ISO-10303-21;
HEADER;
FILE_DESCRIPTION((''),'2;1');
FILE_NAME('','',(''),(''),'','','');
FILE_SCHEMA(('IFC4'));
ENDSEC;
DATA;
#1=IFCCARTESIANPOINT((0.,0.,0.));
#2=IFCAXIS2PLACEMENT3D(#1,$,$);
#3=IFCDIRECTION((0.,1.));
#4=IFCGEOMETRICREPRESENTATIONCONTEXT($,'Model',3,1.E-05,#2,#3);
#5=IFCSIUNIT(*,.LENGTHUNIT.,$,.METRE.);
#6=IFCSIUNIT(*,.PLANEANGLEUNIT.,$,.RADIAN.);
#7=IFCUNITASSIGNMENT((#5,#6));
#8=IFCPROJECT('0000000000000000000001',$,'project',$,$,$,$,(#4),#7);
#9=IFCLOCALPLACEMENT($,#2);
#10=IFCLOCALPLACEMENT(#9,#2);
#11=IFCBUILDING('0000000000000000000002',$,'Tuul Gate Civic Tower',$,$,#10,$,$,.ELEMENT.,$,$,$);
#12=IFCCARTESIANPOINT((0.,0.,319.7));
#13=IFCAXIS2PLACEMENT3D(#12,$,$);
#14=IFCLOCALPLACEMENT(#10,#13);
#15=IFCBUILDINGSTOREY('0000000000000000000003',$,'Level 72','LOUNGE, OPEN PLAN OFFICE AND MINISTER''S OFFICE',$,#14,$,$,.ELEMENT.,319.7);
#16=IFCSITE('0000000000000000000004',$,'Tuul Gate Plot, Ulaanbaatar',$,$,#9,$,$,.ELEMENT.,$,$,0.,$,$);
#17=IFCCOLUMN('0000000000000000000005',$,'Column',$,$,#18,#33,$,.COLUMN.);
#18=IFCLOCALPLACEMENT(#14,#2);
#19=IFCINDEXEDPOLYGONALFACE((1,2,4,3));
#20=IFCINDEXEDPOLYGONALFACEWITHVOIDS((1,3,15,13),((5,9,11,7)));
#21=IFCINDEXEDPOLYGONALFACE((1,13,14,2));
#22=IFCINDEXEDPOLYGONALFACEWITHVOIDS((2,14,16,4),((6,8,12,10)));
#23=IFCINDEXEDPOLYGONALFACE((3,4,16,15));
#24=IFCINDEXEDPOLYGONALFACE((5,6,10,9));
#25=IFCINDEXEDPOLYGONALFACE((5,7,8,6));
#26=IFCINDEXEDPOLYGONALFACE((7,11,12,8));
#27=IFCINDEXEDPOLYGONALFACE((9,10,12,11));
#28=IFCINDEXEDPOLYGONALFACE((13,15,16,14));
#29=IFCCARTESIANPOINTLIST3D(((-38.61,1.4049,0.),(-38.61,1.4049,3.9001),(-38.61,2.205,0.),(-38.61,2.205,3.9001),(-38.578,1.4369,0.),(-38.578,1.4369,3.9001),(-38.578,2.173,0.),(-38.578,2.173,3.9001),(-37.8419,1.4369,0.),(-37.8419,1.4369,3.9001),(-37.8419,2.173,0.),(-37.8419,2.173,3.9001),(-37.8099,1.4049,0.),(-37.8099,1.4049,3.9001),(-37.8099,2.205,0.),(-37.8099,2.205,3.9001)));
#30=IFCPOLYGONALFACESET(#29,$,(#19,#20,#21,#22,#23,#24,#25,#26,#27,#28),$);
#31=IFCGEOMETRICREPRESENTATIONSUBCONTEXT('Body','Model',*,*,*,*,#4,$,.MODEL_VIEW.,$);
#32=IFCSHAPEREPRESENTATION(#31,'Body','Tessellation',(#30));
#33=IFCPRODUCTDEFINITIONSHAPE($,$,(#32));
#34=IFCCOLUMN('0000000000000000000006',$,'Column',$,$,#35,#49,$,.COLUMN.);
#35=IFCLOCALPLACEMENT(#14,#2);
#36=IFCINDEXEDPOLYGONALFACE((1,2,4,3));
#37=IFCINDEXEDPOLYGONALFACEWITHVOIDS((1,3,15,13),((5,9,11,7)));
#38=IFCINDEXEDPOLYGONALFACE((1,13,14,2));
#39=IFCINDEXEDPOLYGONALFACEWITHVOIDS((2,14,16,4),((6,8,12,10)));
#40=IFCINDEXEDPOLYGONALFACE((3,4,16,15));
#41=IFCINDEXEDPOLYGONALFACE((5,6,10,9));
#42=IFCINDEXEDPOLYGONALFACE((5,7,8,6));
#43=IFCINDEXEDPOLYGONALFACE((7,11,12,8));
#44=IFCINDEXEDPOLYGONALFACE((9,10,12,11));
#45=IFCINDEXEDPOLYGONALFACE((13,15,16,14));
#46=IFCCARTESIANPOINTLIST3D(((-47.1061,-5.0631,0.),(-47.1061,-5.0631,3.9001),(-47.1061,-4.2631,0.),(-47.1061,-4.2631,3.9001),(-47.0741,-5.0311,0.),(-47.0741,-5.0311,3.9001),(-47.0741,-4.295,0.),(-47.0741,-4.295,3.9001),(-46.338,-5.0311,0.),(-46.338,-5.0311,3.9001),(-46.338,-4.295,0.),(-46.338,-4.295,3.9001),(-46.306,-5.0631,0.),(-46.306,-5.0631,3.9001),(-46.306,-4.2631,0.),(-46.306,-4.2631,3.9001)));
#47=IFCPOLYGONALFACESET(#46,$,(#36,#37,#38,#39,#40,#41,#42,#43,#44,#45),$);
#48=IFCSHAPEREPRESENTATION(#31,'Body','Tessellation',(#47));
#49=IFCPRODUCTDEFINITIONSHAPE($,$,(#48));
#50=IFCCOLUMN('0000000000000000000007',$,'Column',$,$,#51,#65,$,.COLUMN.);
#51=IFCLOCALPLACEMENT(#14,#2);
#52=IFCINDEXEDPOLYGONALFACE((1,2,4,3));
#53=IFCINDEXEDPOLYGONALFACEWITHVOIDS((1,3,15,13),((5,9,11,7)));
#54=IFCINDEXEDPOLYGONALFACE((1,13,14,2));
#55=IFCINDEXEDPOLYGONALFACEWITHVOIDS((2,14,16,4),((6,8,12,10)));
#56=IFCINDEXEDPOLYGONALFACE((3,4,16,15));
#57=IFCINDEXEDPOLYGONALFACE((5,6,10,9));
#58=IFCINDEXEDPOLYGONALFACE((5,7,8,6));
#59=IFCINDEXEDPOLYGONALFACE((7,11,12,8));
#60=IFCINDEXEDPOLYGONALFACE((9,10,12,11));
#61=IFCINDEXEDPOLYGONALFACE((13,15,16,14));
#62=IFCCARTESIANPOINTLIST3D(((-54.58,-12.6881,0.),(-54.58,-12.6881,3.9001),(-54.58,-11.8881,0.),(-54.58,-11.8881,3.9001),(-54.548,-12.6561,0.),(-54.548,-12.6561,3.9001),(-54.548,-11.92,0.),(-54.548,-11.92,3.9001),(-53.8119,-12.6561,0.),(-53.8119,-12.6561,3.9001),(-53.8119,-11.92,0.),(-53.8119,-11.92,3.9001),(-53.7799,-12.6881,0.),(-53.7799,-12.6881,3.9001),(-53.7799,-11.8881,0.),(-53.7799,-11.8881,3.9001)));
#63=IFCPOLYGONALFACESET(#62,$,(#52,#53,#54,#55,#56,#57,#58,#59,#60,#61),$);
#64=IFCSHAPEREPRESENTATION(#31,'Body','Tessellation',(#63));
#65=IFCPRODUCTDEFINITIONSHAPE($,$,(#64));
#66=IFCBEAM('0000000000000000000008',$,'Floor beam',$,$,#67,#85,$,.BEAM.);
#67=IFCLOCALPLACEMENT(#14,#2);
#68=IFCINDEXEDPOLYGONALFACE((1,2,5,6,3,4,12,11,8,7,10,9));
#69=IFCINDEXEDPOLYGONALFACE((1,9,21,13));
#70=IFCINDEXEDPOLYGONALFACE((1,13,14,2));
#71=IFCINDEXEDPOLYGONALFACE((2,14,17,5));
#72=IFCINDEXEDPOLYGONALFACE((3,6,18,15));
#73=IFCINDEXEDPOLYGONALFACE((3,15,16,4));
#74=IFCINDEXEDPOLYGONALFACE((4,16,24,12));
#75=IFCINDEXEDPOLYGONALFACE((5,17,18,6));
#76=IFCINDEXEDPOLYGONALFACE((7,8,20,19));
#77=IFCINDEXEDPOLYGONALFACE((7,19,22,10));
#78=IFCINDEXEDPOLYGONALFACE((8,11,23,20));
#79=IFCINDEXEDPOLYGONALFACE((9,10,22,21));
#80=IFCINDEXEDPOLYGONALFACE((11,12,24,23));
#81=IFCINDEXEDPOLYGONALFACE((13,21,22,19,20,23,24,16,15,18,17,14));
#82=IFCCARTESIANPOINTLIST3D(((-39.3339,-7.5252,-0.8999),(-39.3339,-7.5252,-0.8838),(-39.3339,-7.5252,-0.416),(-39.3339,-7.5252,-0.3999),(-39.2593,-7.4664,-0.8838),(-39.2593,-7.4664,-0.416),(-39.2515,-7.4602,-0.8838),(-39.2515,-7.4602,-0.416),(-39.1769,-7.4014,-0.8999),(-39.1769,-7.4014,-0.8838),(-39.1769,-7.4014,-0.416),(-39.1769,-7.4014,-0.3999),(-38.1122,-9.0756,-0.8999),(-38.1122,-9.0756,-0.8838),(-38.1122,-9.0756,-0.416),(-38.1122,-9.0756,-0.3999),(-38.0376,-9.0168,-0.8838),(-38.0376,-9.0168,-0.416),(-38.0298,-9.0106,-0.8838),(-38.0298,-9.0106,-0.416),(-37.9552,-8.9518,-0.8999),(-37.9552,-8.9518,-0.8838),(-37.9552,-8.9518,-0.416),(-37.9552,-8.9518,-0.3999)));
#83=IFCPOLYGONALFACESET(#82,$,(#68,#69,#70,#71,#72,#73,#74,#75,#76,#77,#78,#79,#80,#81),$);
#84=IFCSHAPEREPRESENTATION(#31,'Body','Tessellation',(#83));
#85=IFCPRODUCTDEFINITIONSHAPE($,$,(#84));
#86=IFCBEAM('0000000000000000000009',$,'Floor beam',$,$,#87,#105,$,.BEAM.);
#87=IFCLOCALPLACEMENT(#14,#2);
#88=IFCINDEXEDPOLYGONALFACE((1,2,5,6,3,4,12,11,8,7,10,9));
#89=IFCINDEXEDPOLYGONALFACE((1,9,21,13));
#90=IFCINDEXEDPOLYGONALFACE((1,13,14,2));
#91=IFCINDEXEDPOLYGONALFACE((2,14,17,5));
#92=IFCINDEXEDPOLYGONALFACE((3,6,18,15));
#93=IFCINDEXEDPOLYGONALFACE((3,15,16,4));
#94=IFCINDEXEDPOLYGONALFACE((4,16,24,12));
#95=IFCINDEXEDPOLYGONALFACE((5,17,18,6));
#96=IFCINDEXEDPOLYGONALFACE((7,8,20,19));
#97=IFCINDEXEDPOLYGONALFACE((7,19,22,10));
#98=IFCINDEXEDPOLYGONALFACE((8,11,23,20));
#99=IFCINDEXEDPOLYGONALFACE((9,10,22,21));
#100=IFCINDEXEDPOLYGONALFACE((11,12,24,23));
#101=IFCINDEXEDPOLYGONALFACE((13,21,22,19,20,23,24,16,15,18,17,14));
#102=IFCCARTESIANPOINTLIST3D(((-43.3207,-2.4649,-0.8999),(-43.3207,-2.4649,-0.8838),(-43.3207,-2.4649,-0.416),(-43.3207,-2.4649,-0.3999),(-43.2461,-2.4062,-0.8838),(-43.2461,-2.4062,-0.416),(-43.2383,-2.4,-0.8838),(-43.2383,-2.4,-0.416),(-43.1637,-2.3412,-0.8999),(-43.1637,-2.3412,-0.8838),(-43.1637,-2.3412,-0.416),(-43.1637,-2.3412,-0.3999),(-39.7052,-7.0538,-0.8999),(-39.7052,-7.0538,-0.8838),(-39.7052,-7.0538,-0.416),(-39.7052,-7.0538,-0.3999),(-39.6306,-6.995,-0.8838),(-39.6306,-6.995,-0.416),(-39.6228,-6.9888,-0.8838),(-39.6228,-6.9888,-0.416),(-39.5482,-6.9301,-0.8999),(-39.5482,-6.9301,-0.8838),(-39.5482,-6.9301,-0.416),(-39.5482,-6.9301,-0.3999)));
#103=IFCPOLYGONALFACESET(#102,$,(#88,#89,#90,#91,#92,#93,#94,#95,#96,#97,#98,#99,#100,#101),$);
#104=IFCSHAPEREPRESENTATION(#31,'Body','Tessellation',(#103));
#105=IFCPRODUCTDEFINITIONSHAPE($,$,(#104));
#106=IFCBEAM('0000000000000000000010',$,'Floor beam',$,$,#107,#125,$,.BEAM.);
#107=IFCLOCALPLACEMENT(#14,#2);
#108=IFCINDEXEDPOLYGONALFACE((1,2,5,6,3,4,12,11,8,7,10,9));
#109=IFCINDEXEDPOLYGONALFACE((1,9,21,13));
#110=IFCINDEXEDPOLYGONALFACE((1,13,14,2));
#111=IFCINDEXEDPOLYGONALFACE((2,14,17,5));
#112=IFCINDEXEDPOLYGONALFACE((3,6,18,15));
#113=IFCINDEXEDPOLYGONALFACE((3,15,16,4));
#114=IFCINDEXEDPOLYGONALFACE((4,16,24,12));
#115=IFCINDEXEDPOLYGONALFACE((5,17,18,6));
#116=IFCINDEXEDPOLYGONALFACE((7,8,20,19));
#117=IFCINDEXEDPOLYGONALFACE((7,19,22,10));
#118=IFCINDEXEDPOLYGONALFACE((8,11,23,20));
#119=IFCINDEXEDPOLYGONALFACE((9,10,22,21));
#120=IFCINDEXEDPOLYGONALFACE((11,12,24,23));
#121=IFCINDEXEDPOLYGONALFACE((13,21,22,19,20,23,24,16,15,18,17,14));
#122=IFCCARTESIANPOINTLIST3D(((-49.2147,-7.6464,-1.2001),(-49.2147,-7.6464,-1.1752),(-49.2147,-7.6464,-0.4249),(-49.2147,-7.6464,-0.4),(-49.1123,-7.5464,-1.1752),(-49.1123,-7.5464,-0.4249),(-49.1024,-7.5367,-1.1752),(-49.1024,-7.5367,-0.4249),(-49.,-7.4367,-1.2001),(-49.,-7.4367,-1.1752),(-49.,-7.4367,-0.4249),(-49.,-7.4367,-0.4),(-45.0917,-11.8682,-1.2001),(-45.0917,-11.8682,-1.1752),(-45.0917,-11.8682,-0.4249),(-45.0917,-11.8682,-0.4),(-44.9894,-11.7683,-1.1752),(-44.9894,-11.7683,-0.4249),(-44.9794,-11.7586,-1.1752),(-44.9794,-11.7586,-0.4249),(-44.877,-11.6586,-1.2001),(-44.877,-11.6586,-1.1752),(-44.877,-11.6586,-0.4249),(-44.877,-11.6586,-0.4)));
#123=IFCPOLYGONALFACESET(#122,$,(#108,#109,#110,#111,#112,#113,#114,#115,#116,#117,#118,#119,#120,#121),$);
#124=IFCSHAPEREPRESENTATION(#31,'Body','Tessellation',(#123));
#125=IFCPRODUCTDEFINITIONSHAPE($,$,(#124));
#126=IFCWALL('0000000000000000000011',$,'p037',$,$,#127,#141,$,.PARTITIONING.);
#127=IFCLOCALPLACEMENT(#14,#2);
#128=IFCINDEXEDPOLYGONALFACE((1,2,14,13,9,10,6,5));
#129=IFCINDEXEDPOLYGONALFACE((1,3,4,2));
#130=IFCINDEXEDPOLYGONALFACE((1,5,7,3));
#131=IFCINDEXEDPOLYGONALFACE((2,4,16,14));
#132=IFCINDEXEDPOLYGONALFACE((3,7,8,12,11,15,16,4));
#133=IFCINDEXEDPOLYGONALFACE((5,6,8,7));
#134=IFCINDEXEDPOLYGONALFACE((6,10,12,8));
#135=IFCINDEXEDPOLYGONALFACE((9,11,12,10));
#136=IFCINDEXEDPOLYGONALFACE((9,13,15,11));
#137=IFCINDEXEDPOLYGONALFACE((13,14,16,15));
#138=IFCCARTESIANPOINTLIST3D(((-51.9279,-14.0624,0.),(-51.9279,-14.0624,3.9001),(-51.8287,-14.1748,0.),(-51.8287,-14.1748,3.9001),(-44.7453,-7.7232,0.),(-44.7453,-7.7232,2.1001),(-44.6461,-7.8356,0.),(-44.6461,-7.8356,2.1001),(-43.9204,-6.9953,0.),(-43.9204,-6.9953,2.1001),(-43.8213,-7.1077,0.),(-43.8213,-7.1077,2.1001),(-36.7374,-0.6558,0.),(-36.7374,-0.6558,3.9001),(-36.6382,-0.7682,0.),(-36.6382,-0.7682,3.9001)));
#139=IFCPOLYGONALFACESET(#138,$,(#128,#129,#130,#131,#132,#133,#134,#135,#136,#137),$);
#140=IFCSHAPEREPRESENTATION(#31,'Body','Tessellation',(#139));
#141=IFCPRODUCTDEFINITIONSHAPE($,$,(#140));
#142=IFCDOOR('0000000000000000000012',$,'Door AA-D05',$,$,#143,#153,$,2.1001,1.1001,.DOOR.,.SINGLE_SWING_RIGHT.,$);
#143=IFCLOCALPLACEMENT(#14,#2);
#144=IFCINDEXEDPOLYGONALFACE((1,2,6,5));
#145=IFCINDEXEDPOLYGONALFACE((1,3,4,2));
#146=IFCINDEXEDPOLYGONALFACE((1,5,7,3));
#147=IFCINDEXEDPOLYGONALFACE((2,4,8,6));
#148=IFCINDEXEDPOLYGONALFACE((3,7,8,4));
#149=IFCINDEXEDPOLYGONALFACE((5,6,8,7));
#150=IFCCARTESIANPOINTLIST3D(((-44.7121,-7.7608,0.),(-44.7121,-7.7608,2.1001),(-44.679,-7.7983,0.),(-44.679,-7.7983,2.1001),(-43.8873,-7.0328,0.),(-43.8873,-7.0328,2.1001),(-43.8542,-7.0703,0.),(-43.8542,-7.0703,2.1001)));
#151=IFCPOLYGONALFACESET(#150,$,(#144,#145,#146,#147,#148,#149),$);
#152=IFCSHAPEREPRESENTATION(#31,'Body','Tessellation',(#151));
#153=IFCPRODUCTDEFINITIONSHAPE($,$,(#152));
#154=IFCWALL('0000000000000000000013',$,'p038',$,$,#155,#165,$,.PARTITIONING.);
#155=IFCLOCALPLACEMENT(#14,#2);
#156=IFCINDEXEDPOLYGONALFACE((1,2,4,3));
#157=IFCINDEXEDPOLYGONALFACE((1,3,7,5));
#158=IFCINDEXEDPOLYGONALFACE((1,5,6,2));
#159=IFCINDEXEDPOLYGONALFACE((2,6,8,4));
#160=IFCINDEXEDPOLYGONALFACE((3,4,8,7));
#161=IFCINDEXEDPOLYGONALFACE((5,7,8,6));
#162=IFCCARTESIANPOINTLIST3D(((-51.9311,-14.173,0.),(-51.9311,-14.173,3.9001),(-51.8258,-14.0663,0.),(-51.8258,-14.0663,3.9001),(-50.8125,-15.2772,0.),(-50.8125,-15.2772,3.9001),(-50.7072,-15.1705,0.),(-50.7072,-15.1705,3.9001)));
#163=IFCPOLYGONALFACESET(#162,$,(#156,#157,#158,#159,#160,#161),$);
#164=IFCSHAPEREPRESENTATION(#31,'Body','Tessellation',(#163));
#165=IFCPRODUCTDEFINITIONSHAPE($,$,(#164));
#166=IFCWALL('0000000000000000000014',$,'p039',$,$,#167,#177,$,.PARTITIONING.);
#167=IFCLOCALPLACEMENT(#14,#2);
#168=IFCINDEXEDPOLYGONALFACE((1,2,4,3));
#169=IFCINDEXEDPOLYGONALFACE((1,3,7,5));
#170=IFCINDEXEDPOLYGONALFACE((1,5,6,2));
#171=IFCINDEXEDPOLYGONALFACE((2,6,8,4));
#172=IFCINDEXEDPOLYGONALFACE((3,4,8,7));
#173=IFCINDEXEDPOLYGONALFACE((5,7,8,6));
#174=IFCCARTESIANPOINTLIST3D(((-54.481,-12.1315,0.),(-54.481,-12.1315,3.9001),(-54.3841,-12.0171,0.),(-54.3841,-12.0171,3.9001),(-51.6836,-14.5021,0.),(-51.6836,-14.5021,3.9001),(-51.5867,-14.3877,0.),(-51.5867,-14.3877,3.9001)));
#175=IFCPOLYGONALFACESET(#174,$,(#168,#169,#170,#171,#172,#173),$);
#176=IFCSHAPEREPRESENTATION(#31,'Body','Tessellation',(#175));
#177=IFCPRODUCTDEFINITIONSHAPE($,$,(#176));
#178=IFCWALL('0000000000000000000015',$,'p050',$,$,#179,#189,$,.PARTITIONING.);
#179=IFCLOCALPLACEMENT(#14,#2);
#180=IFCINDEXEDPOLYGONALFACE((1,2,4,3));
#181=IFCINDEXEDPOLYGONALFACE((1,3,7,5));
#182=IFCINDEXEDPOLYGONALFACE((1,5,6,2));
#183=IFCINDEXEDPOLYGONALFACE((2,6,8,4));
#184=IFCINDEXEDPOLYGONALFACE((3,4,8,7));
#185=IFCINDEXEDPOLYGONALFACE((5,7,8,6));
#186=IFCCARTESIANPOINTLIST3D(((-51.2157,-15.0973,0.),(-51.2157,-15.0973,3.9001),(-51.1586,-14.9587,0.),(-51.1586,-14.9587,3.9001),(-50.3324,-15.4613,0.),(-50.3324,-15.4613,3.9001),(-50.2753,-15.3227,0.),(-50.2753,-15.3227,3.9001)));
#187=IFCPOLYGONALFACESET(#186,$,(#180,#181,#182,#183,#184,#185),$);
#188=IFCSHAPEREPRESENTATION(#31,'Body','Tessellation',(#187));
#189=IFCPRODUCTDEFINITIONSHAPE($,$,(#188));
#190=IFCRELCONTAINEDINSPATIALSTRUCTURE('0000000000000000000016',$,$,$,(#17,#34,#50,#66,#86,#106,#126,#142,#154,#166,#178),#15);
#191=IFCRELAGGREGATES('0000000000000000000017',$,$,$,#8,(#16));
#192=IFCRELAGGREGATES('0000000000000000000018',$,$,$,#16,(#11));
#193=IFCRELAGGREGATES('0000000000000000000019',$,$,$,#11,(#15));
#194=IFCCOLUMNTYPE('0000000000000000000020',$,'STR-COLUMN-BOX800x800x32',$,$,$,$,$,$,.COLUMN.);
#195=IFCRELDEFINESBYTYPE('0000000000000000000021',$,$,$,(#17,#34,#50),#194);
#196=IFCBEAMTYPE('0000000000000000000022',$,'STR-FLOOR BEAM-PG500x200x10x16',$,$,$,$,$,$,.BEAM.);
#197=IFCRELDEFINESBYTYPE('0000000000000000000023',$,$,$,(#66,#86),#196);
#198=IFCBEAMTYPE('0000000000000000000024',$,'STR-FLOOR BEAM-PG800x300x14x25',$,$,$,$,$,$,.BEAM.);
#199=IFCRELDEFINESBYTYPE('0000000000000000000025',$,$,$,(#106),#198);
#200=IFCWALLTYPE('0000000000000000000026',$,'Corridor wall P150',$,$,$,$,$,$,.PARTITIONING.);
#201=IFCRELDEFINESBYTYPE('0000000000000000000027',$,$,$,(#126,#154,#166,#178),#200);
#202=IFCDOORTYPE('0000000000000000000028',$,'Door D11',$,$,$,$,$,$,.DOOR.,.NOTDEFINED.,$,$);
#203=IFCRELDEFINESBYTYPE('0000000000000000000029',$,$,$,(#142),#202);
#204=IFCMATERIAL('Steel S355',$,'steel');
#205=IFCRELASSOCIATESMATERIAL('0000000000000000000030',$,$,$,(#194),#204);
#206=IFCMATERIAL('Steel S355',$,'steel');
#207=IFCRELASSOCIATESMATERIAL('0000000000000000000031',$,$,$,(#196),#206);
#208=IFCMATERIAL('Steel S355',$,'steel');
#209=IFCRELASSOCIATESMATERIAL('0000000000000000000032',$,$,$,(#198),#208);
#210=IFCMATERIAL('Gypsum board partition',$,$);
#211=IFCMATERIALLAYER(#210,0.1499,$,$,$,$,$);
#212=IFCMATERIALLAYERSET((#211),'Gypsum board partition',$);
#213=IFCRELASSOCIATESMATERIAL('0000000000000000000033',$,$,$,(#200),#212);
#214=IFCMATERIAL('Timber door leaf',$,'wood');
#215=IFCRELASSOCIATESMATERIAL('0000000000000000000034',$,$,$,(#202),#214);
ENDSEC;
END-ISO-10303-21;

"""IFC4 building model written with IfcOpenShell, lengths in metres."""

from ifc_helpers import new_model, si_unit, direction, frame, frame_2d, origin, origin_2d, place, context, subcontext, project, spatial, rectangle, hollow_rectangle, i_section, extrude, material, layer, layer_set, material_profile, profile_set, type_object, element, fill, save


model = new_model("IFC4")

# Units and contexts
model_context = context("Model", 3, precision=1e-05, world=origin(), true_north=direction((0.0, 1.0)))
body_context = subcontext(model_context, "Body", "Model", "MODEL_VIEW")
ifc_project = project(units=[si_unit("LENGTHUNIT", "METRE"), si_unit("PLANEANGLEUNIT", "RADIAN")], contexts=[model_context])

# Site, building, storey
site_placement = place(None, origin())
site = spatial("IfcSite", under=ifc_project, at=site_placement, Name="Tuul Gate Plot, Ulaanbaatar", CompositionType="ELEMENT", RefElevation=0.0)
building_placement = place(site_placement, origin())
building = spatial("IfcBuilding", under=site, at=building_placement, Name="Tuul Gate Civic Tower", CompositionType="ELEMENT")
storey_placement = place(building_placement, frame((0.0, 0.0, 319.7)))
storey = spatial("IfcBuildingStorey", under=building, at=storey_placement, Name="Level 72", Description="LOUNGE, OPEN PLAN OFFICE AND MINISTER'S OFFICE", CompositionType="ELEMENT", Elevation=319.7)

# Columns
ifc_material_1 = material(Name="Steel S355", Category="steel")
ifc_material_profile_1 = material_profile(ifc_material_1, hollow_rectangle(XDim=0.8, YDim=0.8, WallThickness=0.032, at=origin_2d()), Name="BOX800x800x32")
ifc_profile_set_1 = profile_set([ifc_material_profile_1], Name="Steel S355")
column_type = type_object("IfcColumnType", Name="STR-COLUMN-BOX800x800x32", PredefinedType="COLUMN", material=ifc_profile_set_1)
for number, where, z_axis, x_axis, name in (
    (1, (-38.21, 1.8049, 0.0), (0.0, 0.0, 1.0), (1.0, 0.0, 0.0), "Column"),
    (2, (-46.7061, -4.6631, 0.0), (0.0, 0.0, 1.0), (1.0, 0.0, 0.0), "Column"),
    (3, (-54.1799, -12.2881, 0.0), (0.0, 0.0, 1.0), (1.0, 0.0, 0.0), "Column"),
):
    element("IfcColumn", number, at=place(storey_placement, frame(where, z_axis=z_axis, x_axis=x_axis)), inside=storey, type_object=column_type, Name=name, PredefinedType="COLUMN", context=body_context, shape_type="SweptSolid", body=[
        extrude(hollow_rectangle(XDim=0.8, YDim=0.8, WallThickness=0.032, at=origin_2d()), origin(), (0.0, 0.0, 1.0), 3.9001),
    ])

# Beams
ifc_material_2 = material(Name="Steel S355", Category="steel")
ifc_material_profile_2 = material_profile(ifc_material_2, i_section(OverallWidth=0.2, OverallDepth=0.5, WebThickness=0.01, FlangeThickness=0.0161, at=origin_2d()), Name="PG500x200x10x16")
ifc_profile_set_2 = profile_set([ifc_material_profile_2], Name="Steel S355")
beam_type_1 = type_object("IfcBeamType", Name="STR-FLOOR BEAM-PG500x200x10x16", PredefinedType="BEAM", material=ifc_profile_set_2)
beam_1_placement = place(storey_placement, frame((-38.0337, -9.0137, -0.6499), z_axis=(-0.618946, 0.785433, 0.0), x_axis=(-0.785433, -0.618946, 0.0)))
element("IfcBeam", 4, at=beam_1_placement, inside=storey, type_object=beam_type_1, Name="Floor beam", PredefinedType="BEAM", context=body_context, shape_type="SweptSolid", body=[
    extrude(i_section(OverallWidth=0.2, OverallDepth=0.5, WebThickness=0.01, FlangeThickness=0.0161, at=origin_2d()), origin(), (0.0, 0.0, 1.0), 1.9739),
])
beam_2_placement = place(storey_placement, frame((-39.6267, -6.9919, -0.6499), z_axis=(-0.618873, 0.785491, 0.0), x_axis=(-0.785491, -0.618873, 0.0)))
element("IfcBeam", 5, at=beam_2_placement, inside=storey, type_object=beam_type_1, Name="Floor beam", PredefinedType="BEAM", context=body_context, shape_type="SweptSolid", body=[
    extrude(i_section(OverallWidth=0.2, OverallDepth=0.5, WebThickness=0.01, FlangeThickness=0.0161, at=origin_2d()), origin(), (0.0, 0.0, 1.0), 5.842),
])
ifc_material_3 = material(Name="Steel S355", Category="steel")
ifc_material_profile_3 = material_profile(ifc_material_3, i_section(OverallWidth=0.3, OverallDepth=0.8, WebThickness=0.0139, FlangeThickness=0.0249, at=origin_2d()), Name="PG800x300x14x25")
ifc_profile_set_3 = profile_set([ifc_material_profile_3], Name="Steel S355")
beam_type_2 = type_object("IfcBeamType", Name="STR-FLOOR BEAM-PG800x300x14x25", PredefinedType="BEAM", material=ifc_profile_set_3)
beam_3_placement = place(storey_placement, frame((-44.9844, -11.7634, -0.8), z_axis=(-0.698679, 0.715435, 0.0), x_axis=(-0.715435, -0.698679, 0.0)))
element("IfcBeam", 6, at=beam_3_placement, inside=storey, type_object=beam_type_2, Name="Floor beam", PredefinedType="BEAM", context=body_context, shape_type="SweptSolid", body=[
    extrude(i_section(OverallWidth=0.3, OverallDepth=0.8, WebThickness=0.0139, FlangeThickness=0.0249, at=origin_2d()), origin(), (0.0, 0.0, 1.0), 5.9011),
])

# Wall, opening, door
ifc_material_4 = material(Name="Gypsum board partition")
ifc_layer_1 = layer(ifc_material_4, 0.1499)
ifc_layer_set_1 = layer_set([ifc_layer_1], Name="Gypsum board partition")
wall_type_1 = type_object("IfcWallType", Name="Corridor wall P150", PredefinedType="PARTITIONING", material=ifc_layer_set_1)
wall_1_placement = place(storey_placement, frame((-51.8784, -14.1187, 0.0), z_axis=(0.0, 0.0, 1.0), x_axis=(0.74976, 0.66171, 0.0)))
wall_1 = element("IfcWall", 7, at=wall_1_placement, inside=storey, type_object=wall_type_1, Name="p037", PredefinedType="PARTITIONING", context=body_context, shape_type="SweptSolid", body=[
    extrude(rectangle(XDim=20.2605, YDim=0.1499, at=frame_2d((10.1304, 0.0))), origin(), (0.0, 0.0, 1.0), 3.9001),
])
opening_1_placement = place(wall_1_placement, frame((9.5801, 0.0, 0.0)))
opening_1 = element("IfcOpeningElement", 8, at=opening_1_placement, cuts=wall_1, PredefinedType="OPENING", context=body_context, shape_type="SweptSolid", body=[
    extrude(rectangle(XDim=1.1001, YDim=2.1001, at=frame_2d((0.55, 1.05))), frame((0.0, 0.085, 0.0), z_axis=(0.0, -1.0, 0.0), x_axis=(1.0, 0.0, 0.0)), (0.0, 0.0, 1.0), 0.1699),
])
ifc_material_5 = material(Name="Timber door leaf", Category="wood")
door_type = type_object("IfcDoorType", Name="Door D11", OperationType="NOTDEFINED", PredefinedType="DOOR", material=ifc_material_5)
door_placement = place(opening_1_placement, origin())
door = element("IfcDoor", 9, at=door_placement, inside=storey, type_object=door_type, Name="Door AA-D05", OperationType="SINGLE_SWING_RIGHT", OverallHeight=2.1001, OverallWidth=1.1001, PredefinedType="DOOR", context=body_context, shape_type="SweptSolid", body=[
    extrude(rectangle(XDim=1.1001, YDim=2.1001, at=frame_2d((0.55, 1.05))), frame((0.0, 0.0249, 0.0), z_axis=(0.0, -1.0, 0.0), x_axis=(1.0, 0.0, 0.0)), (0.0, 0.0, 1.0), 0.05),
])
fill(opening_1, door)

# Walls
wall_2_placement = place(storey_placement, frame((-51.8784, -14.1196, 0.0), z_axis=(0.0, 0.0, 1.0), x_axis=(0.711674, -0.70251, 0.0)))
element("IfcWall", 10, at=wall_2_placement, inside=storey, type_object=wall_type_1, Name="p038", PredefinedType="PARTITIONING", context=body_context, shape_type="SweptSolid", body=[
    extrude(rectangle(XDim=1.5718, YDim=0.1499, at=frame_2d((0.7859, 0.0))), origin(), (0.0, 0.0, 1.0), 3.9001),
])
wall_3_placement = place(storey_placement, frame((-54.4326, -12.0742, 0.0), z_axis=(0.0, 0.0, 1.0), x_axis=(0.762901, -0.646515, 0.0)))
element("IfcWall", 11, at=wall_3_placement, inside=storey, type_object=wall_type_1, Name="p039", PredefinedType="PARTITIONING", context=body_context, shape_type="SweptSolid", body=[
    extrude(rectangle(XDim=3.6667, YDim=0.1499, at=frame_2d((1.8335, 0.0))), origin(), (0.0, 0.0, 1.0), 3.9001),
])
wall_4_placement = place(storey_placement, frame((-51.187, -15.0281, 0.0), z_axis=(0.0, 0.0, 1.0), x_axis=(0.924567, -0.38102, 0.0)))
element("IfcWall", 12, at=wall_4_placement, inside=storey, type_object=wall_type_1, Name="p050", PredefinedType="PARTITIONING", context=body_context, shape_type="SweptSolid", body=[
    extrude(rectangle(XDim=0.9553, YDim=0.1499, at=frame_2d((0.4775, 0.0))), origin(), (0.0, 0.0, 1.0), 3.9001),
])

save(model, "model.ifc")
